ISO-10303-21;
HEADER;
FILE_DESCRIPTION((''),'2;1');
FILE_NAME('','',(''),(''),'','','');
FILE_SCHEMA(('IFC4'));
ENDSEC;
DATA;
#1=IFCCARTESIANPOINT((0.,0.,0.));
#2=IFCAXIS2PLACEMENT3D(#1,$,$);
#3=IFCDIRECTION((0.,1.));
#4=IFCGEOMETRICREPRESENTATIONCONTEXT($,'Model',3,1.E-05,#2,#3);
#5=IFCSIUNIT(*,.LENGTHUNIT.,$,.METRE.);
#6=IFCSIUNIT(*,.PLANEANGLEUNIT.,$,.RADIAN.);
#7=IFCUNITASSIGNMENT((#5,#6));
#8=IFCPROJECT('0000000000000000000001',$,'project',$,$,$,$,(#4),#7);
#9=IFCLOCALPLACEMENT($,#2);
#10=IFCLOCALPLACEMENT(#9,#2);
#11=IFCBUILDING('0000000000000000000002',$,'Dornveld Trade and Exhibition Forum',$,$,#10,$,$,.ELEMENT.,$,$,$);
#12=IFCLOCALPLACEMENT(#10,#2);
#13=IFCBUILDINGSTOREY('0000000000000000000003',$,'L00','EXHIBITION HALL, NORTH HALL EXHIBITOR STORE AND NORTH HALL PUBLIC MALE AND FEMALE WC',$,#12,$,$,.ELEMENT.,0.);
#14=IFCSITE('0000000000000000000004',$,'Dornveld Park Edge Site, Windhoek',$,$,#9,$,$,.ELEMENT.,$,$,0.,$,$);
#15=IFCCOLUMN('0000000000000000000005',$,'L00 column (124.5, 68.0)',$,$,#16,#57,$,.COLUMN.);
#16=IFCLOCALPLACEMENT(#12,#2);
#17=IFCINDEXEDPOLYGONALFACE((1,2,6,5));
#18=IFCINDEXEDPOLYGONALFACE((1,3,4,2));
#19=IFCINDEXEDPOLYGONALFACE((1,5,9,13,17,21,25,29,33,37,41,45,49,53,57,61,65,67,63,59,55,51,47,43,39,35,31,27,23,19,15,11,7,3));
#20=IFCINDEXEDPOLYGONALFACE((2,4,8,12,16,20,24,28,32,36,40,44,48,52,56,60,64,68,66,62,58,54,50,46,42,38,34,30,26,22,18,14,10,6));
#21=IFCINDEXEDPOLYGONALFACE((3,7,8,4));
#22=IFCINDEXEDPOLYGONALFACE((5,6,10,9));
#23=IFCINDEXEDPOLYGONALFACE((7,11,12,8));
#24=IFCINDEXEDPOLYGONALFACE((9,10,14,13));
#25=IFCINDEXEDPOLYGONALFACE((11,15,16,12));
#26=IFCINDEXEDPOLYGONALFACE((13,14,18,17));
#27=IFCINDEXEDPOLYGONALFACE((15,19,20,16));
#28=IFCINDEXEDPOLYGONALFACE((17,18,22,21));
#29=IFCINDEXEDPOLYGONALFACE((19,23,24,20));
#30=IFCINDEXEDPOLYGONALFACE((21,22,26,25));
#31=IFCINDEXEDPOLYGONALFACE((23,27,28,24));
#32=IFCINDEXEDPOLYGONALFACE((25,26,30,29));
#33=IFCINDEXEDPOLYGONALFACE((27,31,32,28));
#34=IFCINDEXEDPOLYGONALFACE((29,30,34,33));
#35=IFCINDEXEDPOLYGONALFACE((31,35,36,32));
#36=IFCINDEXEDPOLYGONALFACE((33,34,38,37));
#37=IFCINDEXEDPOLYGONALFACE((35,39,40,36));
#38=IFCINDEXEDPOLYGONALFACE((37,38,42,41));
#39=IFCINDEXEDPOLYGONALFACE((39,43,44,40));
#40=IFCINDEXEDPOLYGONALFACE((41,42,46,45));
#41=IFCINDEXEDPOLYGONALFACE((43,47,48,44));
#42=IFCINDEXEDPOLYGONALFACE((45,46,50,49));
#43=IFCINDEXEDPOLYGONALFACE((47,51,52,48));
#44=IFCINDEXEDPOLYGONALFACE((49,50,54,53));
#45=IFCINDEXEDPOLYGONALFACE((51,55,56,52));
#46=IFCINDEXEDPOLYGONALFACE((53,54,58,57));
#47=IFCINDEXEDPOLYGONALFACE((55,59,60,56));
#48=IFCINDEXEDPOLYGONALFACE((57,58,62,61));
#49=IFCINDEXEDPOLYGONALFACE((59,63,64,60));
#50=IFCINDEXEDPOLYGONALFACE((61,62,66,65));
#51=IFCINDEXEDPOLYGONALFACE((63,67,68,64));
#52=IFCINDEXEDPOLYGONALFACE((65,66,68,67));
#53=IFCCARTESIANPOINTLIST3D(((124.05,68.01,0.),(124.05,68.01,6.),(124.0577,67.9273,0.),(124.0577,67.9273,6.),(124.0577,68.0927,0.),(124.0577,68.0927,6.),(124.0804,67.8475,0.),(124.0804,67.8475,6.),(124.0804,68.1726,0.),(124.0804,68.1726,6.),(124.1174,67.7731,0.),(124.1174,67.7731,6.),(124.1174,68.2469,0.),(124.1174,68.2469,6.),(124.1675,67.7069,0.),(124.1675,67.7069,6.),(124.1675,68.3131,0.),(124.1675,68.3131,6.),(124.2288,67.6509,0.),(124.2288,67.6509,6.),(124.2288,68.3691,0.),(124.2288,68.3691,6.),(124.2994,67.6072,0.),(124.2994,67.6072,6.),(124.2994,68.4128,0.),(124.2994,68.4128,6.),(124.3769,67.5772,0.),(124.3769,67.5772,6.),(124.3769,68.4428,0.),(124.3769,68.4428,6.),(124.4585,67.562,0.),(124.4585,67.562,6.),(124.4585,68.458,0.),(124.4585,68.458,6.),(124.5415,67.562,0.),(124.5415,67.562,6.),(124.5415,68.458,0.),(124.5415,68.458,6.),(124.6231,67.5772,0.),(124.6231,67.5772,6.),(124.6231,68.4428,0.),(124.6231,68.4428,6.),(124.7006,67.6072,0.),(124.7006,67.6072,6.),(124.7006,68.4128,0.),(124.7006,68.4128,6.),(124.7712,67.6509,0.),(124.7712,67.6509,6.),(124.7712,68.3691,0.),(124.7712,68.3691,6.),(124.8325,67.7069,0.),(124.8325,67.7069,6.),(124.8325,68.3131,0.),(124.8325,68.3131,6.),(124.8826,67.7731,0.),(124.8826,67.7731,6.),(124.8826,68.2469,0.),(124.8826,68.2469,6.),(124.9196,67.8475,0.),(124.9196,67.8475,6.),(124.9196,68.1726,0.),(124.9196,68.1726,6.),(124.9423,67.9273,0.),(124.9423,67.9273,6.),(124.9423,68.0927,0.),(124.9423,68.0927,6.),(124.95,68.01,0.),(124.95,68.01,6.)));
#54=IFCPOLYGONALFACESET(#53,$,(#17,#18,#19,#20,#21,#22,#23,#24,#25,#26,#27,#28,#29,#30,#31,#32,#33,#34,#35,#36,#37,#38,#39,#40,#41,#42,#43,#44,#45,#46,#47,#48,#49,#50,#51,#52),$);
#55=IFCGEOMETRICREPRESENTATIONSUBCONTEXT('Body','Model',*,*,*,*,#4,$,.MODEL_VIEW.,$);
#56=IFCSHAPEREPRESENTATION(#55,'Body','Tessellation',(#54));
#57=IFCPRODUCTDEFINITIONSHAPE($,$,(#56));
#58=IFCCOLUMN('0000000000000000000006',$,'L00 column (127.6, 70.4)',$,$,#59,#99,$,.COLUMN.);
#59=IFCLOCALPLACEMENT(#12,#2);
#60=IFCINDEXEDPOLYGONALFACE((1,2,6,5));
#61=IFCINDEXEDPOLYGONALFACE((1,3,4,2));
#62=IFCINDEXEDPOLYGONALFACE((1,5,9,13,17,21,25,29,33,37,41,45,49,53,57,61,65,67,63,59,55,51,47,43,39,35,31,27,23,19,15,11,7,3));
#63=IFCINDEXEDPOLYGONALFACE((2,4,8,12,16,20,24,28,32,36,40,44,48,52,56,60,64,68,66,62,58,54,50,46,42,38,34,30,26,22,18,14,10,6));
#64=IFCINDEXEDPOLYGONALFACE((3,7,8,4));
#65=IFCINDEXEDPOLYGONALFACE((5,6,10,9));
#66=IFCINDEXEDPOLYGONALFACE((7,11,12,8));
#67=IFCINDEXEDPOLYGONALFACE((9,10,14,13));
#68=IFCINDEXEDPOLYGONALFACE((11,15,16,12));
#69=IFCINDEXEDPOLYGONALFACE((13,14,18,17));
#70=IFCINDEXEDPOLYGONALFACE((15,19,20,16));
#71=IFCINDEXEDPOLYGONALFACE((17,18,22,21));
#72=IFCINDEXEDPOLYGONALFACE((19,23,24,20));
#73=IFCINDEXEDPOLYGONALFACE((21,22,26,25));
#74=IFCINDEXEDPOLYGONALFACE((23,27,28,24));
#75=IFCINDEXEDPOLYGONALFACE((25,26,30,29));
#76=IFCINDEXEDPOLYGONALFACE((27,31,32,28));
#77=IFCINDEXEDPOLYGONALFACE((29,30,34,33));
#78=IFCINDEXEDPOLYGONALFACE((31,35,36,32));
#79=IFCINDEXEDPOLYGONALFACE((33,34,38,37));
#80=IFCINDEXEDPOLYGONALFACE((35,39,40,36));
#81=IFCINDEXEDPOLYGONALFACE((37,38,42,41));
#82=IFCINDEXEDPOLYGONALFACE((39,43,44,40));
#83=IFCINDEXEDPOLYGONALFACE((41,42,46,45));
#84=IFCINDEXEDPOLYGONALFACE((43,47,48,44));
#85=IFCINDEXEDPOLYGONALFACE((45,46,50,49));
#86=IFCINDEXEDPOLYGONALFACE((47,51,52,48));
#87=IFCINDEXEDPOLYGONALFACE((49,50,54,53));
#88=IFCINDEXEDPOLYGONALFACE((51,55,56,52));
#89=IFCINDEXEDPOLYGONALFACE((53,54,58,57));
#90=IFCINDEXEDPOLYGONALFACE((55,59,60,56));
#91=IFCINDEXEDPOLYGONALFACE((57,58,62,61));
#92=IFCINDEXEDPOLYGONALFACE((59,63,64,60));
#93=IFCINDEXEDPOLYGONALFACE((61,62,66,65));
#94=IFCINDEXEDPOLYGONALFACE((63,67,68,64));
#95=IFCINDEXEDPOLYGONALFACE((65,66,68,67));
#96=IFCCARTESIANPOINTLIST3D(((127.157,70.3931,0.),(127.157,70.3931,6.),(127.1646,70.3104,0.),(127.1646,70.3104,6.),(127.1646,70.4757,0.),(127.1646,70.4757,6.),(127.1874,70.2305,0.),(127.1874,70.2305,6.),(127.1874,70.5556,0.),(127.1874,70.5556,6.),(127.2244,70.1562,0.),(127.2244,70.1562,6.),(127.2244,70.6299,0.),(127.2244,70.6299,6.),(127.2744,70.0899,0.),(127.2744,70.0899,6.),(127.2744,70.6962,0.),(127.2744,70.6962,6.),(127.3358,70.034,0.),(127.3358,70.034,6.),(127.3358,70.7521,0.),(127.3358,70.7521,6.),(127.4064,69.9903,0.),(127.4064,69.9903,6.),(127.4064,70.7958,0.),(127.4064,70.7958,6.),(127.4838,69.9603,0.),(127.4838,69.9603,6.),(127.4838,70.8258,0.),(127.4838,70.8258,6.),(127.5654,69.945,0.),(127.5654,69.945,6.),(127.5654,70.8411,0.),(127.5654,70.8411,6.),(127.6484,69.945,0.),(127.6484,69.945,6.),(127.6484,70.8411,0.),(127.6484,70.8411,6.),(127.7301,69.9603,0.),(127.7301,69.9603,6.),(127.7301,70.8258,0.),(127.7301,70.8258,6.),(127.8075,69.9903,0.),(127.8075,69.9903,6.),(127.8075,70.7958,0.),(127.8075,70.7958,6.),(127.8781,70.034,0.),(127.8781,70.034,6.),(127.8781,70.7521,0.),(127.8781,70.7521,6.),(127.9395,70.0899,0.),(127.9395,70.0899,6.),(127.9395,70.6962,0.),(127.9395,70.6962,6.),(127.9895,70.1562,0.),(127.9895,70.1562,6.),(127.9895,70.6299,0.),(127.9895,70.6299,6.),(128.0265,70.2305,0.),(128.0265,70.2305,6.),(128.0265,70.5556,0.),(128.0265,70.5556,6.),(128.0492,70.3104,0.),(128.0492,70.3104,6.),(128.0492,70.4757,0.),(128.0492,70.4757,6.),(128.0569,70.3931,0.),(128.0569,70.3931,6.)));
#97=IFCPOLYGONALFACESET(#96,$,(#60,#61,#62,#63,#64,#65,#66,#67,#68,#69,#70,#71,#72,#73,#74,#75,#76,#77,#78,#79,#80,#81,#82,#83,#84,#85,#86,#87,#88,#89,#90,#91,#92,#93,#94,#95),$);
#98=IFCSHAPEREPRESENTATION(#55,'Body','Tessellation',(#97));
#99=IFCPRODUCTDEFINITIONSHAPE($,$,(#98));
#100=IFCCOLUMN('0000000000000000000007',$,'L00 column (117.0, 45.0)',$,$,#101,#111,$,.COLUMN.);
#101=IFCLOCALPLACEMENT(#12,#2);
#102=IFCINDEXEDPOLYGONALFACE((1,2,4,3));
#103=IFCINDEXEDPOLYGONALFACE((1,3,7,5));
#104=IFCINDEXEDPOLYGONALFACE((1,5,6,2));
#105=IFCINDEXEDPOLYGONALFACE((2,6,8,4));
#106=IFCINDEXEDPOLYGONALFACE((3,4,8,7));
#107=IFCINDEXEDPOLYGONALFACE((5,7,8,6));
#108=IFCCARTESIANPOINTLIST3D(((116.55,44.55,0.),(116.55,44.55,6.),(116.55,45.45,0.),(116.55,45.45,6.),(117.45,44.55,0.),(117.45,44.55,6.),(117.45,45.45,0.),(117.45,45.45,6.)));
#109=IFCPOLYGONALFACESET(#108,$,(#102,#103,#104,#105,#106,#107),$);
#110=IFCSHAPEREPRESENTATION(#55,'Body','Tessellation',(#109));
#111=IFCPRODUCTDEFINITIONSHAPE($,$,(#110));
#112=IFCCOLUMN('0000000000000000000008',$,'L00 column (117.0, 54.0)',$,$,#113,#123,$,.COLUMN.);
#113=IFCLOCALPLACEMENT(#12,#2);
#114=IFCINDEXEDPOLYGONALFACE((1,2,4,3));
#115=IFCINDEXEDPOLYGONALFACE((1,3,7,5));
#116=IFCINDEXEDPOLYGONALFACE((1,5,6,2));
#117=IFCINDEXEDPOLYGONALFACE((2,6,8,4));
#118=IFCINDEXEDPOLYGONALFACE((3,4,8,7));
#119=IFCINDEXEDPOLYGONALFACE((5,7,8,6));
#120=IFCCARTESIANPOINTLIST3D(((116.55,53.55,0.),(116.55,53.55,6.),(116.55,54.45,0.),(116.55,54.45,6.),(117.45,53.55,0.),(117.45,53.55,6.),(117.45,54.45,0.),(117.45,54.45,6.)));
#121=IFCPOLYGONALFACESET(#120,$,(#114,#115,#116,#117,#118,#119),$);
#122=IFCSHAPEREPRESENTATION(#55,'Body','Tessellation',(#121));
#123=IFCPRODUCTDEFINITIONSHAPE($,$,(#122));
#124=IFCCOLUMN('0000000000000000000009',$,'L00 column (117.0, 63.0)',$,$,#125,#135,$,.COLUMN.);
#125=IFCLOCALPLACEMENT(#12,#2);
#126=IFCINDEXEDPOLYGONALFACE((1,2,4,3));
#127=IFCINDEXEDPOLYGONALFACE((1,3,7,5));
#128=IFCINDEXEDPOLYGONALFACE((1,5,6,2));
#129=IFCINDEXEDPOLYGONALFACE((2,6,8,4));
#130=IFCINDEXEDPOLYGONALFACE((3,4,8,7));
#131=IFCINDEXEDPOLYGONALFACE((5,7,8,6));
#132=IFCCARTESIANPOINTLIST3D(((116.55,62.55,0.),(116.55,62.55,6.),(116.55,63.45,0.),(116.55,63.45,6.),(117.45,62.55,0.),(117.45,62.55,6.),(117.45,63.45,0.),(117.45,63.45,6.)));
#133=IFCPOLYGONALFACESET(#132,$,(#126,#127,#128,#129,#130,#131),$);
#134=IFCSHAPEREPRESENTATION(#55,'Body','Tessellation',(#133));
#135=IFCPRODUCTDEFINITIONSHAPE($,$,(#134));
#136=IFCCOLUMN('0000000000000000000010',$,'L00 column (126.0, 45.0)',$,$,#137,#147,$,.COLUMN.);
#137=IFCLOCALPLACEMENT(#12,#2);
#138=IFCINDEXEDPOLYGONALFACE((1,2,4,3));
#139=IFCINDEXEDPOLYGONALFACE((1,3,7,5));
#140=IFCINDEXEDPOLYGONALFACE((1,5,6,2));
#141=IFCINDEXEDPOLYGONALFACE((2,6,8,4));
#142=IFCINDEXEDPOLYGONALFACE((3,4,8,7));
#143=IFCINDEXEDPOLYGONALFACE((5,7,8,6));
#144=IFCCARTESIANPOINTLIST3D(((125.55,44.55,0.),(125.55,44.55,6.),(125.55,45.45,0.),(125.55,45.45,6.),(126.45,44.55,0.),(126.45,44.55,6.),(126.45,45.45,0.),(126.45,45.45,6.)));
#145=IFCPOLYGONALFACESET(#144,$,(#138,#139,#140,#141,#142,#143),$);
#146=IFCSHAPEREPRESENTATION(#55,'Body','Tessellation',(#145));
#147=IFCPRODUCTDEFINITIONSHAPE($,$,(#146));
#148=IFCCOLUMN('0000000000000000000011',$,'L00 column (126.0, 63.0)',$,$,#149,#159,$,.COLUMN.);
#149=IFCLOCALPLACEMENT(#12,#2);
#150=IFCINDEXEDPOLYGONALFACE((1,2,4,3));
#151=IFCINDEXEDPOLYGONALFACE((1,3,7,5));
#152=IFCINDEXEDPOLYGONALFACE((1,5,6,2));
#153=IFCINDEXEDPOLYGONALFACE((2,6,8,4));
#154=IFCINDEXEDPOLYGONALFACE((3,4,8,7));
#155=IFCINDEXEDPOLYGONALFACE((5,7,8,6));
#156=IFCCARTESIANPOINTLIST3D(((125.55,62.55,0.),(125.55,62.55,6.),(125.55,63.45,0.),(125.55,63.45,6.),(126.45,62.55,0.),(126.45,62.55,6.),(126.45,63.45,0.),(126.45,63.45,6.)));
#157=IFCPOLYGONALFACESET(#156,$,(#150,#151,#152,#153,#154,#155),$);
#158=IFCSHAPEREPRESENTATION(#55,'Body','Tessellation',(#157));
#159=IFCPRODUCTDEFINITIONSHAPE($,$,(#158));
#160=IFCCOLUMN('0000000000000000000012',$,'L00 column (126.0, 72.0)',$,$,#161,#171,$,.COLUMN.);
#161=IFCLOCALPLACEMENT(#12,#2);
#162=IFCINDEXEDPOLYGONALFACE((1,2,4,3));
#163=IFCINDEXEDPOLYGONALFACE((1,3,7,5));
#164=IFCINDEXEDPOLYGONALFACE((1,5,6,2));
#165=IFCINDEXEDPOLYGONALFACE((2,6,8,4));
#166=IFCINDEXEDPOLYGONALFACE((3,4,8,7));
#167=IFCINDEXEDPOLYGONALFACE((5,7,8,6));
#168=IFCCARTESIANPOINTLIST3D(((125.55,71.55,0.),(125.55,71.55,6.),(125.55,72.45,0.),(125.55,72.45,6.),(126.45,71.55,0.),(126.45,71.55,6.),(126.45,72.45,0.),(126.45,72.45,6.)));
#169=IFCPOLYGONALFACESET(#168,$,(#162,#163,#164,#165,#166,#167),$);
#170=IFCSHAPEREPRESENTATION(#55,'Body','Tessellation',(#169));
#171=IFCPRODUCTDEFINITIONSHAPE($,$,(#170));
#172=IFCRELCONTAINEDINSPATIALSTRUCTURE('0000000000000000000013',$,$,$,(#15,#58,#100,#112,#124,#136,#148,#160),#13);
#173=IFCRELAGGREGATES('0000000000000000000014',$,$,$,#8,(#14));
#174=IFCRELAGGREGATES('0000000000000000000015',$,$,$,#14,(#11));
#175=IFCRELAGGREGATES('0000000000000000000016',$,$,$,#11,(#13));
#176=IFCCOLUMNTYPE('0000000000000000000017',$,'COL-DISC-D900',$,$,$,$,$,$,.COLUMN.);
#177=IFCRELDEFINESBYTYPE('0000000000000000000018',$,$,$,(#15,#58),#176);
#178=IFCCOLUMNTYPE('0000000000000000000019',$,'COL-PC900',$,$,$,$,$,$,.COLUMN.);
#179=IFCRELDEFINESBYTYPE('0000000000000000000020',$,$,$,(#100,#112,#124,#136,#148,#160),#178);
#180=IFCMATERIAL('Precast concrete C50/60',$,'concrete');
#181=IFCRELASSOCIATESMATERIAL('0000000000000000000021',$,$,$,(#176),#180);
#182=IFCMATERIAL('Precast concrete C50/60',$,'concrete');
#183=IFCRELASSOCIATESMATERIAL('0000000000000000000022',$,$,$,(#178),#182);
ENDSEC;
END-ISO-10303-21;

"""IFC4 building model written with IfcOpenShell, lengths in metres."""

from ifc_helpers import new_model, si_unit, direction, frame, origin, origin_2d, place, context, subcontext, project, spatial, rectangle, circle, extrude, material, material_profile, profile_set, type_object, element, save


model = new_model("IFC4")

# Units and contexts
model_context = context("Model", 3, precision=1e-05, world=origin(), true_north=direction((0.0, 1.0)))
body_context = subcontext(model_context, "Body", "Model", "MODEL_VIEW")
ifc_project = project(units=[si_unit("LENGTHUNIT", "METRE"), si_unit("PLANEANGLEUNIT", "RADIAN")], contexts=[model_context])

# Site, building, storey
site_placement = place(None, origin())
site = spatial("IfcSite", under=ifc_project, at=site_placement, Name="Dornveld Park Edge Site, Windhoek", CompositionType="ELEMENT", RefElevation=0.0)
building_placement = place(site_placement, origin())
building = spatial("IfcBuilding", under=site, at=building_placement, Name="Dornveld Trade and Exhibition Forum", CompositionType="ELEMENT")
storey_placement = place(building_placement, origin())
storey = spatial("IfcBuildingStorey", under=building, at=storey_placement, Name="L00", Description="EXHIBITION HALL, NORTH HALL EXHIBITOR STORE AND NORTH HALL PUBLIC MALE AND FEMALE WC", CompositionType="ELEMENT", Elevation=0.0)

# Columns
ifc_material_1 = material(Name="Precast concrete C50/60", Category="concrete")
ifc_material_profile_1 = material_profile(ifc_material_1, circle(Radius=0.45, at=origin_2d()), Name="PC-COL D900")
ifc_profile_set_1 = profile_set([ifc_material_profile_1], Name="Precast concrete C50/60")
column_type_1 = type_object("IfcColumnType", Name="COL-DISC-D900", PredefinedType="COLUMN", material=ifc_profile_set_1)
for number, where, z_axis, x_axis, name in (
    (1, (124.5, 68.01, 0.0), (0.0, 0.0, 1.0), (1.0, 0.0, 0.0), "L00 column (124.5, 68.0)"),
    (2, (127.6069, 70.3931, 0.0), (0.0, 0.0, 1.0), (1.0, 0.0, 0.0), "L00 column (127.6, 70.4)"),
):
    element("IfcColumn", number, at=place(storey_placement, frame(where, z_axis=z_axis, x_axis=x_axis)), inside=storey, type_object=column_type_1, Name=name, PredefinedType="COLUMN", context=body_context, shape_type="SweptSolid", body=[
        extrude(circle(Radius=0.45, at=origin_2d()), origin(), (0.0, 0.0, 1.0), 6.0),
    ])
ifc_material_2 = material(Name="Precast concrete C50/60", Category="concrete")
ifc_material_profile_2 = material_profile(ifc_material_2, rectangle(XDim=0.8999, YDim=0.8999, at=origin_2d()), Name="PC-COL 900x900")
ifc_profile_set_2 = profile_set([ifc_material_profile_2], Name="Precast concrete C50/60")
column_type_2 = type_object("IfcColumnType", Name="COL-PC900", PredefinedType="COLUMN", material=ifc_profile_set_2)
for number, where, z_axis, x_axis, name in (
    (3, (117.0, 45.0, 0.0), (0.0, 0.0, 1.0), (1.0, 0.0, 0.0), "L00 column (117.0, 45.0)"),
    (4, (117.0, 54.0, 0.0), (0.0, 0.0, 1.0), (1.0, 0.0, 0.0), "L00 column (117.0, 54.0)"),
    (5, (117.0, 63.0, 0.0), (0.0, 0.0, 1.0), (1.0, 0.0, 0.0), "L00 column (117.0, 63.0)"),
    (6, (126.0, 45.0, 0.0), (0.0, 0.0, 1.0), (1.0, 0.0, 0.0), "L00 column (126.0, 45.0)"),
    (7, (126.0, 63.0, 0.0), (0.0, 0.0, 1.0), (1.0, 0.0, 0.0), "L00 column (126.0, 63.0)"),
    (8, (126.0, 72.0, 0.0), (0.0, 0.0, 1.0), (1.0, 0.0, 0.0), "L00 column (126.0, 72.0)"),
):
    element("IfcColumn", number, at=place(storey_placement, frame(where, z_axis=z_axis, x_axis=x_axis)), inside=storey, type_object=column_type_2, Name=name, PredefinedType="COLUMN", context=body_context, shape_type="SweptSolid", body=[
        extrude(rectangle(XDim=0.8999, YDim=0.8999, at=origin_2d()), origin(), (0.0, 0.0, 1.0), 6.0),
    ])

save(model, "model.ifc")
